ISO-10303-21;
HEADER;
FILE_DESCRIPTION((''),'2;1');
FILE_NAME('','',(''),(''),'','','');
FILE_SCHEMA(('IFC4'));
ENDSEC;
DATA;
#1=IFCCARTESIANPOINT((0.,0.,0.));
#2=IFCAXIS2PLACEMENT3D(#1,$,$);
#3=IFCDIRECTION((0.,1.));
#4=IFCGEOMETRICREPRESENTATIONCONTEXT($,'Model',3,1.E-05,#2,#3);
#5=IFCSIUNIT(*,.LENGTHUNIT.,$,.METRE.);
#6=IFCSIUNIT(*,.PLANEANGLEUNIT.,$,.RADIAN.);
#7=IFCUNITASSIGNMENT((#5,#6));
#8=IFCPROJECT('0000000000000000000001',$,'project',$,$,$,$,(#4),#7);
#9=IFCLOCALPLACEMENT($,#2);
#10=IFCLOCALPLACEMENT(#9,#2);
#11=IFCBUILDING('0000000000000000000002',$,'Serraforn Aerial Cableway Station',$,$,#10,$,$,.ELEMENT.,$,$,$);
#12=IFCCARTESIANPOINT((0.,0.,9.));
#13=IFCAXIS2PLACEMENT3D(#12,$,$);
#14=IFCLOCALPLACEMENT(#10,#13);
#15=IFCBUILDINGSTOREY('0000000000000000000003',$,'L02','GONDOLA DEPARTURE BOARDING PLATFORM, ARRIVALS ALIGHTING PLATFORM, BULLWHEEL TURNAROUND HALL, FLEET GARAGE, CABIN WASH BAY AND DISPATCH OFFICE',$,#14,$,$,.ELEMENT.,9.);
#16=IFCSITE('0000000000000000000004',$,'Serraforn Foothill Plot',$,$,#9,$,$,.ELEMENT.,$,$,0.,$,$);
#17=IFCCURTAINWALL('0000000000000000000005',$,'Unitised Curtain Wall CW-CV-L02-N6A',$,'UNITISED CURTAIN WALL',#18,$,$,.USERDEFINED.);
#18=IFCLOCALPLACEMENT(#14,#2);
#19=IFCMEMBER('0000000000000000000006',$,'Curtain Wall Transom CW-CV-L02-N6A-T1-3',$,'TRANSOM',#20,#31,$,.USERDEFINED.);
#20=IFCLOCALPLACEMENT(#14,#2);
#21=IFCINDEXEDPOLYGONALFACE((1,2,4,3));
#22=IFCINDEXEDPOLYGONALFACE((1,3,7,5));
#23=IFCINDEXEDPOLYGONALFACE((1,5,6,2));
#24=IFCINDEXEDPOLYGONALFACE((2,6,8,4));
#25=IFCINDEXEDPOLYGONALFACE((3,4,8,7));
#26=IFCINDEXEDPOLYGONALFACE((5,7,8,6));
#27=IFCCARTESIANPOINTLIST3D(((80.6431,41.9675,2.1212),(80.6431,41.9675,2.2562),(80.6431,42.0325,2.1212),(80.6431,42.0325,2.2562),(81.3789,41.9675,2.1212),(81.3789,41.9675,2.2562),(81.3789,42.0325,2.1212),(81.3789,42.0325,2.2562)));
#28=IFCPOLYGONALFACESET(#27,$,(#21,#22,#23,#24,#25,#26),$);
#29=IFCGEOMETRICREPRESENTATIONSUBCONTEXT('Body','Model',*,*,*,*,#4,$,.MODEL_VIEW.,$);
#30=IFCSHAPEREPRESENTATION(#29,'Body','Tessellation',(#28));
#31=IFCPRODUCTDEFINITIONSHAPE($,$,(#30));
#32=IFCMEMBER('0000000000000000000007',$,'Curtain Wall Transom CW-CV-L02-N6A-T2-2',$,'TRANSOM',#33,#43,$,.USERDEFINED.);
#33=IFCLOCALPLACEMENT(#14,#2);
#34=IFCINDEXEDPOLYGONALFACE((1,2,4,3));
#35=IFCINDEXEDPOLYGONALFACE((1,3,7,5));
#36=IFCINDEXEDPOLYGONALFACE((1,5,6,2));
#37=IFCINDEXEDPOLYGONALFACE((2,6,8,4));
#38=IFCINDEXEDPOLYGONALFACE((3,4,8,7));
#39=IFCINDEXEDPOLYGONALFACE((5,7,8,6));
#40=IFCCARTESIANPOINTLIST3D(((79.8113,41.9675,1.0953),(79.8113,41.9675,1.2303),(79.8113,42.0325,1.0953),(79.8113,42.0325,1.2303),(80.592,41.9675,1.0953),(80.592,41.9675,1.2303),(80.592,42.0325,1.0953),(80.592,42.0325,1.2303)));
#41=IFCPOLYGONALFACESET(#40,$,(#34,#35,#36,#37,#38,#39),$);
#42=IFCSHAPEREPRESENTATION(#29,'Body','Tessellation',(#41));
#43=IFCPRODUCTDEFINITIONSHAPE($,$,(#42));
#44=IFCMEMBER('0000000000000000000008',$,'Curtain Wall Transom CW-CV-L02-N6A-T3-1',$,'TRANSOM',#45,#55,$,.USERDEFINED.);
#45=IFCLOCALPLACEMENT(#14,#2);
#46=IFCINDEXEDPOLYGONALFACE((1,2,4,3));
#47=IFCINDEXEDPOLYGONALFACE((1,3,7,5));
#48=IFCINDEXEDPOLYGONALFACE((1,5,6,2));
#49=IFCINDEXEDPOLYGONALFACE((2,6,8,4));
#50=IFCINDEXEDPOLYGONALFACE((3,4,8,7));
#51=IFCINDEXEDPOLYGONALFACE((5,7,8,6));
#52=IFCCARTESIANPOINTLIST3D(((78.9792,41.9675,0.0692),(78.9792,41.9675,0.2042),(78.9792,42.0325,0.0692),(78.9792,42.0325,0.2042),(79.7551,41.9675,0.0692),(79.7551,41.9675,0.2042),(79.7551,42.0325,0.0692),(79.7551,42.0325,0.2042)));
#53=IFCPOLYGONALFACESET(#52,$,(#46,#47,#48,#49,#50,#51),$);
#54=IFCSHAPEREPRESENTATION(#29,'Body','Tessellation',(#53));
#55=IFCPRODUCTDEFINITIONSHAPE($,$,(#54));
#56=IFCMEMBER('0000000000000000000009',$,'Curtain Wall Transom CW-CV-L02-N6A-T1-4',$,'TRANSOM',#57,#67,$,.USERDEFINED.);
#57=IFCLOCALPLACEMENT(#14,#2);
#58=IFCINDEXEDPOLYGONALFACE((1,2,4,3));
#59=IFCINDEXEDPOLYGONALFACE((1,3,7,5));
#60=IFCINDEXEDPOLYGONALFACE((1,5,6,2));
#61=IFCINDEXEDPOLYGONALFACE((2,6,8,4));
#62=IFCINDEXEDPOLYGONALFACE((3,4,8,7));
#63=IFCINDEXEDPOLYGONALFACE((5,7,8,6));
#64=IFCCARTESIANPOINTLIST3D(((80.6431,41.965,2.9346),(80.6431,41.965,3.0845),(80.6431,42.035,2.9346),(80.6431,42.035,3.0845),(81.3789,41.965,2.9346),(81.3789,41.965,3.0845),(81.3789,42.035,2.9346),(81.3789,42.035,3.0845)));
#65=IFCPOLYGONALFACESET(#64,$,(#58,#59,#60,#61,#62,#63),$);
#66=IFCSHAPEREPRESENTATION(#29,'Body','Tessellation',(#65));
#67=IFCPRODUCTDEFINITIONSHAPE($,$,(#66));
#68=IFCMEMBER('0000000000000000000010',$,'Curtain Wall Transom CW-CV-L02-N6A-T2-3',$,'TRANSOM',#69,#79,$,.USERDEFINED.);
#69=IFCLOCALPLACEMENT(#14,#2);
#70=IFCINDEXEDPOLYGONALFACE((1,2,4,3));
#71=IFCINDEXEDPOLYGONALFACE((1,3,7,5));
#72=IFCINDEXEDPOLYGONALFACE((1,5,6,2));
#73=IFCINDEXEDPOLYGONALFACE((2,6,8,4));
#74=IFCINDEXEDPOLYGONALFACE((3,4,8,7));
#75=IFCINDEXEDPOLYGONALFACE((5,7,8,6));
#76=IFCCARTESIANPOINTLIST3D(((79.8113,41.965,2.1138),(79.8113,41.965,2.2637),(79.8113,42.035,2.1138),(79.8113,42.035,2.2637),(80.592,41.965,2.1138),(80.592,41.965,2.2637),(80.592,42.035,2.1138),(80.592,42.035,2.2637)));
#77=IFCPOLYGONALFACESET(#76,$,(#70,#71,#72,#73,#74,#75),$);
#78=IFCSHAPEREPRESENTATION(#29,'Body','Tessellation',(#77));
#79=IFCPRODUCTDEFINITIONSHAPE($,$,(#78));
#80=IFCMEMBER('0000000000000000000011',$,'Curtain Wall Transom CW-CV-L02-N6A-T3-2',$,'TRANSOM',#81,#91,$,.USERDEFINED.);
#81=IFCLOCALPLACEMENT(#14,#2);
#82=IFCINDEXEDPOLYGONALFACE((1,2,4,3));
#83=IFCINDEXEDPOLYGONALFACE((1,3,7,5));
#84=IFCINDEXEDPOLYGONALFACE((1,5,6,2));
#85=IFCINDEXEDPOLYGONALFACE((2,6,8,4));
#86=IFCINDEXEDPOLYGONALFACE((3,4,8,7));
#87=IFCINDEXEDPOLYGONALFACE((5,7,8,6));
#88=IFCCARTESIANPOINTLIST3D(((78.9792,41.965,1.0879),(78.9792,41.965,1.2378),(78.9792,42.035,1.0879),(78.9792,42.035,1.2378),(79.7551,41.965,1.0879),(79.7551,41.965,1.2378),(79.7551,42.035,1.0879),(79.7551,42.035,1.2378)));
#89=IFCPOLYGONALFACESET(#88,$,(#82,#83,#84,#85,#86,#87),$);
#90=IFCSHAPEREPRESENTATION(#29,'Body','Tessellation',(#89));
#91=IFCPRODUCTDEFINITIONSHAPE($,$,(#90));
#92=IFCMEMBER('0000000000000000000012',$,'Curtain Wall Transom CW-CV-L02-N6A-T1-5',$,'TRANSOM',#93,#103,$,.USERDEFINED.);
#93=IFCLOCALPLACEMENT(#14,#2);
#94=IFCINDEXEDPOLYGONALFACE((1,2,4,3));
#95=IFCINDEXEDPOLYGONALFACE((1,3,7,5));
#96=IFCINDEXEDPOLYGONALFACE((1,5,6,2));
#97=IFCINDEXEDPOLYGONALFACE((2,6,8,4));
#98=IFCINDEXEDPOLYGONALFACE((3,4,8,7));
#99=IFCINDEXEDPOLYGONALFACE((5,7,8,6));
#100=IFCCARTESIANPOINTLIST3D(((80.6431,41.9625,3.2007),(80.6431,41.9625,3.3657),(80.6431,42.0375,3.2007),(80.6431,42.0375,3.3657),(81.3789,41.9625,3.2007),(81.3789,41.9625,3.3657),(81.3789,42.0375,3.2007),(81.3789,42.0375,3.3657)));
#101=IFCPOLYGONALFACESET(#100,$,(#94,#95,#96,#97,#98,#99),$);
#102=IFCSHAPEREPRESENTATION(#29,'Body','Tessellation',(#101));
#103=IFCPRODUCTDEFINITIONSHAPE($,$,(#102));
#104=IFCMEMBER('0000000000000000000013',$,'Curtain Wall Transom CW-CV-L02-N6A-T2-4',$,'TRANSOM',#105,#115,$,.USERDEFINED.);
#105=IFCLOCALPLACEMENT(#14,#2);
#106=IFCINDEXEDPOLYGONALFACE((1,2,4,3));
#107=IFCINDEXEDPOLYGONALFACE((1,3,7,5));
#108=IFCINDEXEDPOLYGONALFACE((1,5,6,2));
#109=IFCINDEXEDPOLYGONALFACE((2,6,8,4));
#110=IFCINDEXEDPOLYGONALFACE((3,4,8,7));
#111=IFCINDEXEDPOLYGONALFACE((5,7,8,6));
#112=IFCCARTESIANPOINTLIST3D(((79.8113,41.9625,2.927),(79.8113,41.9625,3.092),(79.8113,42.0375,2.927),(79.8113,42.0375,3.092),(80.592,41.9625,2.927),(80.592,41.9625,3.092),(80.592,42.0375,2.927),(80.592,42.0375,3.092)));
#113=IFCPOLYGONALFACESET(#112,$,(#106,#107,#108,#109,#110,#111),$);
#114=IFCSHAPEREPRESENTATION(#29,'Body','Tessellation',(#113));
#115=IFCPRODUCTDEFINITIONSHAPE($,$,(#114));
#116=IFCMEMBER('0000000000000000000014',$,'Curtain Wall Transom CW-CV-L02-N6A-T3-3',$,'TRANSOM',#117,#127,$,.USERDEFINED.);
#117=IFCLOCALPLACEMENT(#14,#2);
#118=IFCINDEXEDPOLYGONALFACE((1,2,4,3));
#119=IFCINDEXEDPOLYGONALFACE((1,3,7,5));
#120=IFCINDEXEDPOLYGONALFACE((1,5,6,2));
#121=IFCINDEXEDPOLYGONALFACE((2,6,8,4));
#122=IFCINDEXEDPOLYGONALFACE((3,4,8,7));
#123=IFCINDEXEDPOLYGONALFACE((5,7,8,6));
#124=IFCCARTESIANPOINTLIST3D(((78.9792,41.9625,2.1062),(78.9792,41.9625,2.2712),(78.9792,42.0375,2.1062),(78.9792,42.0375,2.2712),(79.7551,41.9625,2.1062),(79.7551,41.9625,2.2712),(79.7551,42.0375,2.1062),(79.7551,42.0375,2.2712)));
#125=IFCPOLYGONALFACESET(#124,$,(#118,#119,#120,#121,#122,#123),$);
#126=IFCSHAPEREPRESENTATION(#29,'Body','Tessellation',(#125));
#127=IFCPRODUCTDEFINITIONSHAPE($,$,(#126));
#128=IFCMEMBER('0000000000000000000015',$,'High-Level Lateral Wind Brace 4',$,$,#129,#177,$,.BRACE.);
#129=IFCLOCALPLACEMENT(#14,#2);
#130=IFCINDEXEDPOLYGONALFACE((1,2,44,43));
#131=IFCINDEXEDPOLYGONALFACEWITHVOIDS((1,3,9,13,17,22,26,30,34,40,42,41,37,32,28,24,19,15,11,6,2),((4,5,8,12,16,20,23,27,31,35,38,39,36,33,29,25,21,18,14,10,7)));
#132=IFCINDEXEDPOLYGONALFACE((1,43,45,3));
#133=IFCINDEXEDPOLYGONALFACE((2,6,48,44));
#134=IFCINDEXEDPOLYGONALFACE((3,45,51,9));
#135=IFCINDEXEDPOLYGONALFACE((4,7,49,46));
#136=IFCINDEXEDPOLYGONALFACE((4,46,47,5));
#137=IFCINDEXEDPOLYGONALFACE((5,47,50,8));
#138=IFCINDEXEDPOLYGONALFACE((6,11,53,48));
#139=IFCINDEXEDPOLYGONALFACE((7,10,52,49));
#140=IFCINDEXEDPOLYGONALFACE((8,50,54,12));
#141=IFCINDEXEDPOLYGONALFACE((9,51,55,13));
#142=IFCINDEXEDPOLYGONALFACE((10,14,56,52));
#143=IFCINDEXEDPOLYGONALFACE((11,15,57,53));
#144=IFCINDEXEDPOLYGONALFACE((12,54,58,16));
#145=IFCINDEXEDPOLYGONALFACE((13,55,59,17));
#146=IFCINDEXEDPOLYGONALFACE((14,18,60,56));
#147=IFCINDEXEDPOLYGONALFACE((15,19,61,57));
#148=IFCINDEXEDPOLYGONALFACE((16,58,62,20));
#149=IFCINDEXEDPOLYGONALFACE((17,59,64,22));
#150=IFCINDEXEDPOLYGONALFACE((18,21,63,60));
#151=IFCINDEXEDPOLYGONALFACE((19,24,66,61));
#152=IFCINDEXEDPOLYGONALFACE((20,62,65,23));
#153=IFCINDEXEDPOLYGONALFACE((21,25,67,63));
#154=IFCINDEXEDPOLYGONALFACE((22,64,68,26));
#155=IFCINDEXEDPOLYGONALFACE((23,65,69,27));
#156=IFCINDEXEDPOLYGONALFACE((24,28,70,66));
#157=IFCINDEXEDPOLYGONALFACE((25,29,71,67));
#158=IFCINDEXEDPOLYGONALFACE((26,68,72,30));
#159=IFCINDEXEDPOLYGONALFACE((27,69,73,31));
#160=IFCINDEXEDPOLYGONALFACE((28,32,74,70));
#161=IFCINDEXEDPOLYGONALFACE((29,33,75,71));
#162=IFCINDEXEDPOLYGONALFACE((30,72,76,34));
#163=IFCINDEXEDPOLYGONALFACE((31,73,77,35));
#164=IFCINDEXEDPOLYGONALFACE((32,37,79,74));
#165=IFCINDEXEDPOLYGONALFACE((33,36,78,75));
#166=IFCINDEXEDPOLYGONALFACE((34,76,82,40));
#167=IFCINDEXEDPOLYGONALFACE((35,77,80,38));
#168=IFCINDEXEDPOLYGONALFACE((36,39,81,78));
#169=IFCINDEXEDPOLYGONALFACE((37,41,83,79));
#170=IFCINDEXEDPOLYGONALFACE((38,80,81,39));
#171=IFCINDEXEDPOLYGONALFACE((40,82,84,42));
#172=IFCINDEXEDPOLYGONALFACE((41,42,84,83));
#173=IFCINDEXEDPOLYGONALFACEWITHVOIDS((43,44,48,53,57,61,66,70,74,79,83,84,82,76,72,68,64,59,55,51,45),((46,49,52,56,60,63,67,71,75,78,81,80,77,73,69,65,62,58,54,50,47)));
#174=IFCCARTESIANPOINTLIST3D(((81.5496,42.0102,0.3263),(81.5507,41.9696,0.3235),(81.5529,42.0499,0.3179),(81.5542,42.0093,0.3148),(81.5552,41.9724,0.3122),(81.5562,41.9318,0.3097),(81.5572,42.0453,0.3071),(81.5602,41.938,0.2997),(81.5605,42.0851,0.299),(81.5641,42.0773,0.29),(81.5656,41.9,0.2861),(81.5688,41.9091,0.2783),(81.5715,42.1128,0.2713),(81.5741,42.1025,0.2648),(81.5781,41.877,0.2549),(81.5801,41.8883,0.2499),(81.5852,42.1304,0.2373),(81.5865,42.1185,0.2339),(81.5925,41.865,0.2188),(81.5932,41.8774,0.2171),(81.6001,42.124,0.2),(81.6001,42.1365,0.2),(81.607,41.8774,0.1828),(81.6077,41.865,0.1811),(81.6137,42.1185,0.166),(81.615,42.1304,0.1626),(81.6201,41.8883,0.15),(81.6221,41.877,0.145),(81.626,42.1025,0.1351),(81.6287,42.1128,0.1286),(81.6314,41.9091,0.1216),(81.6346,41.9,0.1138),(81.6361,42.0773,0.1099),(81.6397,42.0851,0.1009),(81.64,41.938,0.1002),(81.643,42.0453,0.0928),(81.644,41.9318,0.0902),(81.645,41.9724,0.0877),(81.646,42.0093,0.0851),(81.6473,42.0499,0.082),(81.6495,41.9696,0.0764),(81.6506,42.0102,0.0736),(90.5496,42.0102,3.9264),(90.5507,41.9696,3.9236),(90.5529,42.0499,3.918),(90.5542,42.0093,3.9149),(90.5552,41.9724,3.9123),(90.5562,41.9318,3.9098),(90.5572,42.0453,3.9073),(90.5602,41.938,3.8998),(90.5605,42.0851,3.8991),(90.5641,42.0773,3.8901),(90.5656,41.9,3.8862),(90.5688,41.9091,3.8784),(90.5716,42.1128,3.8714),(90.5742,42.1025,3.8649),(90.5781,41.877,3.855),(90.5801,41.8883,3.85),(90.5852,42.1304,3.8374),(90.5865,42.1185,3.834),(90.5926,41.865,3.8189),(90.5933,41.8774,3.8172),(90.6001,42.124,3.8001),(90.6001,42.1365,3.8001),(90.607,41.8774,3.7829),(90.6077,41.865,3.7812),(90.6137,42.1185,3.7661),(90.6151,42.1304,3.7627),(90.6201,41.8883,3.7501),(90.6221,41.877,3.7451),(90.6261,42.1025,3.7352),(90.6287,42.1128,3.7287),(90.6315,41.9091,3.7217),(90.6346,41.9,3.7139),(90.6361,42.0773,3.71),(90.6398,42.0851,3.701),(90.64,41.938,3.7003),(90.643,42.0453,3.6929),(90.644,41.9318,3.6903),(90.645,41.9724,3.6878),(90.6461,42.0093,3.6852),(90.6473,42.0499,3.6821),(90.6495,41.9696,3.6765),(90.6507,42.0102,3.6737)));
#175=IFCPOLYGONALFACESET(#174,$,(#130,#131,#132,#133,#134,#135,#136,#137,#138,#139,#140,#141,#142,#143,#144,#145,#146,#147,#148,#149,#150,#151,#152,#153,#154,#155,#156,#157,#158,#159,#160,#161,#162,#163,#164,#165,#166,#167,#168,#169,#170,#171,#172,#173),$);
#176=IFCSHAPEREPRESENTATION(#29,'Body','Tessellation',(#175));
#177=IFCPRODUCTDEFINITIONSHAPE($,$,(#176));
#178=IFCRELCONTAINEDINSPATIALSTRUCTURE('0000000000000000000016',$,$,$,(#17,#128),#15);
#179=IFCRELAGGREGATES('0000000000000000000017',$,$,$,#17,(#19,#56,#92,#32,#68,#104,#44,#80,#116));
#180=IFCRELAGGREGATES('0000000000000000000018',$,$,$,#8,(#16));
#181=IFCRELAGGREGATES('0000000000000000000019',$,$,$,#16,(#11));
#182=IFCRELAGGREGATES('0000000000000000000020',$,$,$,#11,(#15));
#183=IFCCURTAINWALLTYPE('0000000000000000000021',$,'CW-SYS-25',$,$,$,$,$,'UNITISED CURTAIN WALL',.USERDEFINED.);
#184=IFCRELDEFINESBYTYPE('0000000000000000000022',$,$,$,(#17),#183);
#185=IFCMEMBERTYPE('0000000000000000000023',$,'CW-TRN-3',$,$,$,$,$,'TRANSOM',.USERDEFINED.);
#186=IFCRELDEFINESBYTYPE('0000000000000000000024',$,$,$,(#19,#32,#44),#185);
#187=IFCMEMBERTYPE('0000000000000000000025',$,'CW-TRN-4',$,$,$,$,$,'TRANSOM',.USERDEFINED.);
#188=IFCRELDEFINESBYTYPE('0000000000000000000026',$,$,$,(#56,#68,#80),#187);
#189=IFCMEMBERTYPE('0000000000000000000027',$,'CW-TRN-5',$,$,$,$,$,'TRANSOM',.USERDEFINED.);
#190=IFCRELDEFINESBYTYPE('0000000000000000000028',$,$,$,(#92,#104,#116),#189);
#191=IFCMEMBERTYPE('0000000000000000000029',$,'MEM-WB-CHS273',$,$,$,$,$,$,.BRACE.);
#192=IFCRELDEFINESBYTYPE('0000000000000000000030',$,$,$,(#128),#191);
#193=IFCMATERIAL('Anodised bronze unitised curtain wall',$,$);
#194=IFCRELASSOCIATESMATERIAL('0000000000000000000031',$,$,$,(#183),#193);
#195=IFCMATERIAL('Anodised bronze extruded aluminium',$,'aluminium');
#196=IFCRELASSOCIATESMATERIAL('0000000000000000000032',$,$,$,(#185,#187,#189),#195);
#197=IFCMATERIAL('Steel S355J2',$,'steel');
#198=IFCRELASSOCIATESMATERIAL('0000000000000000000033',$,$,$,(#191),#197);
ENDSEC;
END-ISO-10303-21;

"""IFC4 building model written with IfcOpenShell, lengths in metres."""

from ifc_helpers import new_model, si_unit, direction, frame, origin, origin_2d, place, context, subcontext, project, spatial, rectangle, hollow_circle, extrude, material, material_profile, profile_set, type_object, element, aggregate, save


model = new_model("IFC4")

# Units and contexts
model_context = context("Model", 3, precision=1e-05, world=origin(), true_north=direction((0.0, 1.0)))
body_context = subcontext(model_context, "Body", "Model", "MODEL_VIEW")
ifc_project = project(units=[si_unit("LENGTHUNIT", "METRE"), si_unit("PLANEANGLEUNIT", "RADIAN")], contexts=[model_context])

# Site, building, storey
site_placement = place(None, origin())
site = spatial("IfcSite", under=ifc_project, at=site_placement, Name="Serraforn Foothill Plot", CompositionType="ELEMENT", RefElevation=0.0)
building_placement = place(site_placement, origin())
building = spatial("IfcBuilding", under=site, at=building_placement, Name="Serraforn Aerial Cableway Station", CompositionType="ELEMENT")
storey_placement = place(building_placement, frame((0.0, 0.0, 9.0)))
storey = spatial("IfcBuildingStorey", under=building, at=storey_placement, Name="L02", Description="GONDOLA DEPARTURE BOARDING PLATFORM, ARRIVALS ALIGHTING PLATFORM, BULLWHEEL TURNAROUND HALL, FLEET GARAGE, CABIN WASH BAY AND DISPATCH OFFICE", CompositionType="ELEMENT", Elevation=9.0)

# Shared definitions
ifc_material_1 = material(Name="Steel S355J2", Category="steel")

# Curtain wall, members
ifc_material_2 = material(Name="Anodised bronze unitised curtain wall")
curtain_wall_type = type_object("IfcCurtainWallType", Name="CW-SYS-25", ElementType="UNITISED CURTAIN WALL", PredefinedType="USERDEFINED", material=ifc_material_2)
curtain_wall_placement = place(storey_placement, origin())
curtain_wall = element("IfcCurtainWall", 1, at=curtain_wall_placement, inside=storey, type_object=curtain_wall_type, Name="Unitised Curtain Wall CW-CV-L02-N6A", ObjectType="UNITISED CURTAIN WALL", PredefinedType="USERDEFINED")
ifc_material_3 = material(Name="Anodised bronze extruded aluminium", Category="aluminium")
ifc_material_profile_1 = material_profile(ifc_material_3, rectangle(XDim=0.0649, YDim=0.135, at=origin_2d()), Name="CW TRANSOM 65x135")
ifc_profile_set_1 = profile_set([ifc_material_profile_1], Name="Anodised bronze extruded aluminium")
member_type_1 = type_object("IfcMemberType", Name="CW-TRN-3", ElementType="TRANSOM", PredefinedType="USERDEFINED", material=ifc_profile_set_1)
member_1_placement = place(storey_placement, frame((81.3789, 42.0, 2.1887), z_axis=(-1.0, 0.0, 0.0), x_axis=(0.0, -1.0, 0.0)))
member_1 = element("IfcMember", 2, at=member_1_placement, type_object=member_type_1, Name="Curtain Wall Transom CW-CV-L02-N6A-T1-3", ObjectType="TRANSOM", PredefinedType="USERDEFINED", context=body_context, shape_type="SweptSolid", body=[
    extrude(rectangle(XDim=0.0649, YDim=0.135, at=origin_2d()), origin(), (0.0, 0.0, 1.0), 0.7358),
])
member_2_placement = place(storey_placement, frame((80.592, 42.0, 1.1628), z_axis=(-1.0, 0.0, 0.0), x_axis=(0.0, -1.0, 0.0)))
member_2 = element("IfcMember", 3, at=member_2_placement, type_object=member_type_1, Name="Curtain Wall Transom CW-CV-L02-N6A-T2-2", ObjectType="TRANSOM", PredefinedType="USERDEFINED", context=body_context, shape_type="SweptSolid", body=[
    extrude(rectangle(XDim=0.0649, YDim=0.135, at=origin_2d()), origin(), (0.0, 0.0, 1.0), 0.7808),
])
member_3_placement = place(storey_placement, frame((79.7551, 42.0, 0.1367), z_axis=(-1.0, 0.0, 0.0), x_axis=(0.0, -1.0, 0.0)))
member_3 = element("IfcMember", 4, at=member_3_placement, type_object=member_type_1, Name="Curtain Wall Transom CW-CV-L02-N6A-T3-1", ObjectType="TRANSOM", PredefinedType="USERDEFINED", context=body_context, shape_type="SweptSolid", body=[
    extrude(rectangle(XDim=0.0649, YDim=0.135, at=origin_2d()), origin(), (0.0, 0.0, 1.0), 0.7759),
])
ifc_material_profile_2 = material_profile(ifc_material_3, rectangle(XDim=0.0701, YDim=0.1499, at=origin_2d()), Name="CW TRANSOM 70x150")
ifc_profile_set_2 = profile_set([ifc_material_profile_2], Name="Anodised bronze extruded aluminium")
member_type_2 = type_object("IfcMemberType", Name="CW-TRN-4", ElementType="TRANSOM", PredefinedType="USERDEFINED", material=ifc_profile_set_2)
member_4_placement = place(storey_placement, frame((81.3789, 42.0, 3.0095), z_axis=(-1.0, 0.0, 0.0), x_axis=(0.0, -1.0, 0.0)))
member_4 = element("IfcMember", 5, at=member_4_placement, type_object=member_type_2, Name="Curtain Wall Transom CW-CV-L02-N6A-T1-4", ObjectType="TRANSOM", PredefinedType="USERDEFINED", context=body_context, shape_type="SweptSolid", body=[
    extrude(rectangle(XDim=0.0701, YDim=0.1499, at=origin_2d()), origin(), (0.0, 0.0, 1.0), 0.7358),
])
member_5_placement = place(storey_placement, frame((80.592, 42.0, 2.1887), z_axis=(-1.0, 0.0, 0.0), x_axis=(0.0, -1.0, 0.0)))
member_5 = element("IfcMember", 6, at=member_5_placement, type_object=member_type_2, Name="Curtain Wall Transom CW-CV-L02-N6A-T2-3", ObjectType="TRANSOM", PredefinedType="USERDEFINED", context=body_context, shape_type="SweptSolid", body=[
    extrude(rectangle(XDim=0.0701, YDim=0.1499, at=origin_2d()), origin(), (0.0, 0.0, 1.0), 0.7808),
])
member_6_placement = place(storey_placement, frame((79.7551, 42.0, 1.1628), z_axis=(-1.0, 0.0, 0.0), x_axis=(0.0, -1.0, 0.0)))
member_6 = element("IfcMember", 7, at=member_6_placement, type_object=member_type_2, Name="Curtain Wall Transom CW-CV-L02-N6A-T3-2", ObjectType="TRANSOM", PredefinedType="USERDEFINED", context=body_context, shape_type="SweptSolid", body=[
    extrude(rectangle(XDim=0.0701, YDim=0.1499, at=origin_2d()), origin(), (0.0, 0.0, 1.0), 0.7759),
])
ifc_material_profile_3 = material_profile(ifc_material_3, rectangle(XDim=0.075, YDim=0.165, at=origin_2d()), Name="CW TRANSOM 75x165")
ifc_profile_set_3 = profile_set([ifc_material_profile_3], Name="Anodised bronze extruded aluminium")
member_type_3 = type_object("IfcMemberType", Name="CW-TRN-5", ElementType="TRANSOM", PredefinedType="USERDEFINED", material=ifc_profile_set_3)
member_7_placement = place(storey_placement, frame((81.3789, 42.0, 3.2832), z_axis=(-1.0, 0.0, 0.0), x_axis=(0.0, -1.0, 0.0)))
member_7 = element("IfcMember", 8, at=member_7_placement, type_object=member_type_3, Name="Curtain Wall Transom CW-CV-L02-N6A-T1-5", ObjectType="TRANSOM", PredefinedType="USERDEFINED", context=body_context, shape_type="SweptSolid", body=[
    extrude(rectangle(XDim=0.075, YDim=0.165, at=origin_2d()), origin(), (0.0, 0.0, 1.0), 0.7358),
])
member_8_placement = place(storey_placement, frame((80.592, 42.0, 3.0095), z_axis=(-1.0, 0.0, 0.0), x_axis=(0.0, -1.0, 0.0)))
member_8 = element("IfcMember", 9, at=member_8_placement, type_object=member_type_3, Name="Curtain Wall Transom CW-CV-L02-N6A-T2-4", ObjectType="TRANSOM", PredefinedType="USERDEFINED", context=body_context, shape_type="SweptSolid", body=[
    extrude(rectangle(XDim=0.075, YDim=0.165, at=origin_2d()), origin(), (0.0, 0.0, 1.0), 0.7808),
])
member_9_placement = place(storey_placement, frame((79.7551, 42.0, 2.1887), z_axis=(-1.0, 0.0, 0.0), x_axis=(0.0, -1.0, 0.0)))
member_9 = element("IfcMember", 10, at=member_9_placement, type_object=member_type_3, Name="Curtain Wall Transom CW-CV-L02-N6A-T3-3", ObjectType="TRANSOM", PredefinedType="USERDEFINED", context=body_context, shape_type="SweptSolid", body=[
    extrude(rectangle(XDim=0.075, YDim=0.165, at=origin_2d()), origin(), (0.0, 0.0, 1.0), 0.7759),
])

# Member
ifc_material_profile_4 = material_profile(ifc_material_1, hollow_circle(Radius=0.1365, WallThickness=0.0125, at=origin_2d()), Name="CHS 273.0x12.5")
ifc_profile_set_4 = profile_set([ifc_material_profile_4], Name="Steel S355J2")
member_type_4 = type_object("IfcMemberType", Name="MEM-WB-CHS273", PredefinedType="BRACE", material=ifc_profile_set_4)
member_10_placement = place(storey_placement, frame((81.6001, 42.0, 0.2), z_axis=(0.928473, 0.0, 0.371399), x_axis=(0.0, 1.0, 0.0)))
element("IfcMember", 11, at=member_10_placement, inside=storey, type_object=member_type_4, Name="High-Level Lateral Wind Brace 4", PredefinedType="BRACE", context=body_context, shape_type="SweptSolid", body=[
    extrude(hollow_circle(Radius=0.1365, WallThickness=0.0125, at=origin_2d()), origin(), (0.0, 0.0, 1.0), 9.6934),
])

aggregate(curtain_wall, [member_1, member_4, member_7, member_2, member_5, member_8, member_3, member_6, member_9])

save(model, "model.ifc")
